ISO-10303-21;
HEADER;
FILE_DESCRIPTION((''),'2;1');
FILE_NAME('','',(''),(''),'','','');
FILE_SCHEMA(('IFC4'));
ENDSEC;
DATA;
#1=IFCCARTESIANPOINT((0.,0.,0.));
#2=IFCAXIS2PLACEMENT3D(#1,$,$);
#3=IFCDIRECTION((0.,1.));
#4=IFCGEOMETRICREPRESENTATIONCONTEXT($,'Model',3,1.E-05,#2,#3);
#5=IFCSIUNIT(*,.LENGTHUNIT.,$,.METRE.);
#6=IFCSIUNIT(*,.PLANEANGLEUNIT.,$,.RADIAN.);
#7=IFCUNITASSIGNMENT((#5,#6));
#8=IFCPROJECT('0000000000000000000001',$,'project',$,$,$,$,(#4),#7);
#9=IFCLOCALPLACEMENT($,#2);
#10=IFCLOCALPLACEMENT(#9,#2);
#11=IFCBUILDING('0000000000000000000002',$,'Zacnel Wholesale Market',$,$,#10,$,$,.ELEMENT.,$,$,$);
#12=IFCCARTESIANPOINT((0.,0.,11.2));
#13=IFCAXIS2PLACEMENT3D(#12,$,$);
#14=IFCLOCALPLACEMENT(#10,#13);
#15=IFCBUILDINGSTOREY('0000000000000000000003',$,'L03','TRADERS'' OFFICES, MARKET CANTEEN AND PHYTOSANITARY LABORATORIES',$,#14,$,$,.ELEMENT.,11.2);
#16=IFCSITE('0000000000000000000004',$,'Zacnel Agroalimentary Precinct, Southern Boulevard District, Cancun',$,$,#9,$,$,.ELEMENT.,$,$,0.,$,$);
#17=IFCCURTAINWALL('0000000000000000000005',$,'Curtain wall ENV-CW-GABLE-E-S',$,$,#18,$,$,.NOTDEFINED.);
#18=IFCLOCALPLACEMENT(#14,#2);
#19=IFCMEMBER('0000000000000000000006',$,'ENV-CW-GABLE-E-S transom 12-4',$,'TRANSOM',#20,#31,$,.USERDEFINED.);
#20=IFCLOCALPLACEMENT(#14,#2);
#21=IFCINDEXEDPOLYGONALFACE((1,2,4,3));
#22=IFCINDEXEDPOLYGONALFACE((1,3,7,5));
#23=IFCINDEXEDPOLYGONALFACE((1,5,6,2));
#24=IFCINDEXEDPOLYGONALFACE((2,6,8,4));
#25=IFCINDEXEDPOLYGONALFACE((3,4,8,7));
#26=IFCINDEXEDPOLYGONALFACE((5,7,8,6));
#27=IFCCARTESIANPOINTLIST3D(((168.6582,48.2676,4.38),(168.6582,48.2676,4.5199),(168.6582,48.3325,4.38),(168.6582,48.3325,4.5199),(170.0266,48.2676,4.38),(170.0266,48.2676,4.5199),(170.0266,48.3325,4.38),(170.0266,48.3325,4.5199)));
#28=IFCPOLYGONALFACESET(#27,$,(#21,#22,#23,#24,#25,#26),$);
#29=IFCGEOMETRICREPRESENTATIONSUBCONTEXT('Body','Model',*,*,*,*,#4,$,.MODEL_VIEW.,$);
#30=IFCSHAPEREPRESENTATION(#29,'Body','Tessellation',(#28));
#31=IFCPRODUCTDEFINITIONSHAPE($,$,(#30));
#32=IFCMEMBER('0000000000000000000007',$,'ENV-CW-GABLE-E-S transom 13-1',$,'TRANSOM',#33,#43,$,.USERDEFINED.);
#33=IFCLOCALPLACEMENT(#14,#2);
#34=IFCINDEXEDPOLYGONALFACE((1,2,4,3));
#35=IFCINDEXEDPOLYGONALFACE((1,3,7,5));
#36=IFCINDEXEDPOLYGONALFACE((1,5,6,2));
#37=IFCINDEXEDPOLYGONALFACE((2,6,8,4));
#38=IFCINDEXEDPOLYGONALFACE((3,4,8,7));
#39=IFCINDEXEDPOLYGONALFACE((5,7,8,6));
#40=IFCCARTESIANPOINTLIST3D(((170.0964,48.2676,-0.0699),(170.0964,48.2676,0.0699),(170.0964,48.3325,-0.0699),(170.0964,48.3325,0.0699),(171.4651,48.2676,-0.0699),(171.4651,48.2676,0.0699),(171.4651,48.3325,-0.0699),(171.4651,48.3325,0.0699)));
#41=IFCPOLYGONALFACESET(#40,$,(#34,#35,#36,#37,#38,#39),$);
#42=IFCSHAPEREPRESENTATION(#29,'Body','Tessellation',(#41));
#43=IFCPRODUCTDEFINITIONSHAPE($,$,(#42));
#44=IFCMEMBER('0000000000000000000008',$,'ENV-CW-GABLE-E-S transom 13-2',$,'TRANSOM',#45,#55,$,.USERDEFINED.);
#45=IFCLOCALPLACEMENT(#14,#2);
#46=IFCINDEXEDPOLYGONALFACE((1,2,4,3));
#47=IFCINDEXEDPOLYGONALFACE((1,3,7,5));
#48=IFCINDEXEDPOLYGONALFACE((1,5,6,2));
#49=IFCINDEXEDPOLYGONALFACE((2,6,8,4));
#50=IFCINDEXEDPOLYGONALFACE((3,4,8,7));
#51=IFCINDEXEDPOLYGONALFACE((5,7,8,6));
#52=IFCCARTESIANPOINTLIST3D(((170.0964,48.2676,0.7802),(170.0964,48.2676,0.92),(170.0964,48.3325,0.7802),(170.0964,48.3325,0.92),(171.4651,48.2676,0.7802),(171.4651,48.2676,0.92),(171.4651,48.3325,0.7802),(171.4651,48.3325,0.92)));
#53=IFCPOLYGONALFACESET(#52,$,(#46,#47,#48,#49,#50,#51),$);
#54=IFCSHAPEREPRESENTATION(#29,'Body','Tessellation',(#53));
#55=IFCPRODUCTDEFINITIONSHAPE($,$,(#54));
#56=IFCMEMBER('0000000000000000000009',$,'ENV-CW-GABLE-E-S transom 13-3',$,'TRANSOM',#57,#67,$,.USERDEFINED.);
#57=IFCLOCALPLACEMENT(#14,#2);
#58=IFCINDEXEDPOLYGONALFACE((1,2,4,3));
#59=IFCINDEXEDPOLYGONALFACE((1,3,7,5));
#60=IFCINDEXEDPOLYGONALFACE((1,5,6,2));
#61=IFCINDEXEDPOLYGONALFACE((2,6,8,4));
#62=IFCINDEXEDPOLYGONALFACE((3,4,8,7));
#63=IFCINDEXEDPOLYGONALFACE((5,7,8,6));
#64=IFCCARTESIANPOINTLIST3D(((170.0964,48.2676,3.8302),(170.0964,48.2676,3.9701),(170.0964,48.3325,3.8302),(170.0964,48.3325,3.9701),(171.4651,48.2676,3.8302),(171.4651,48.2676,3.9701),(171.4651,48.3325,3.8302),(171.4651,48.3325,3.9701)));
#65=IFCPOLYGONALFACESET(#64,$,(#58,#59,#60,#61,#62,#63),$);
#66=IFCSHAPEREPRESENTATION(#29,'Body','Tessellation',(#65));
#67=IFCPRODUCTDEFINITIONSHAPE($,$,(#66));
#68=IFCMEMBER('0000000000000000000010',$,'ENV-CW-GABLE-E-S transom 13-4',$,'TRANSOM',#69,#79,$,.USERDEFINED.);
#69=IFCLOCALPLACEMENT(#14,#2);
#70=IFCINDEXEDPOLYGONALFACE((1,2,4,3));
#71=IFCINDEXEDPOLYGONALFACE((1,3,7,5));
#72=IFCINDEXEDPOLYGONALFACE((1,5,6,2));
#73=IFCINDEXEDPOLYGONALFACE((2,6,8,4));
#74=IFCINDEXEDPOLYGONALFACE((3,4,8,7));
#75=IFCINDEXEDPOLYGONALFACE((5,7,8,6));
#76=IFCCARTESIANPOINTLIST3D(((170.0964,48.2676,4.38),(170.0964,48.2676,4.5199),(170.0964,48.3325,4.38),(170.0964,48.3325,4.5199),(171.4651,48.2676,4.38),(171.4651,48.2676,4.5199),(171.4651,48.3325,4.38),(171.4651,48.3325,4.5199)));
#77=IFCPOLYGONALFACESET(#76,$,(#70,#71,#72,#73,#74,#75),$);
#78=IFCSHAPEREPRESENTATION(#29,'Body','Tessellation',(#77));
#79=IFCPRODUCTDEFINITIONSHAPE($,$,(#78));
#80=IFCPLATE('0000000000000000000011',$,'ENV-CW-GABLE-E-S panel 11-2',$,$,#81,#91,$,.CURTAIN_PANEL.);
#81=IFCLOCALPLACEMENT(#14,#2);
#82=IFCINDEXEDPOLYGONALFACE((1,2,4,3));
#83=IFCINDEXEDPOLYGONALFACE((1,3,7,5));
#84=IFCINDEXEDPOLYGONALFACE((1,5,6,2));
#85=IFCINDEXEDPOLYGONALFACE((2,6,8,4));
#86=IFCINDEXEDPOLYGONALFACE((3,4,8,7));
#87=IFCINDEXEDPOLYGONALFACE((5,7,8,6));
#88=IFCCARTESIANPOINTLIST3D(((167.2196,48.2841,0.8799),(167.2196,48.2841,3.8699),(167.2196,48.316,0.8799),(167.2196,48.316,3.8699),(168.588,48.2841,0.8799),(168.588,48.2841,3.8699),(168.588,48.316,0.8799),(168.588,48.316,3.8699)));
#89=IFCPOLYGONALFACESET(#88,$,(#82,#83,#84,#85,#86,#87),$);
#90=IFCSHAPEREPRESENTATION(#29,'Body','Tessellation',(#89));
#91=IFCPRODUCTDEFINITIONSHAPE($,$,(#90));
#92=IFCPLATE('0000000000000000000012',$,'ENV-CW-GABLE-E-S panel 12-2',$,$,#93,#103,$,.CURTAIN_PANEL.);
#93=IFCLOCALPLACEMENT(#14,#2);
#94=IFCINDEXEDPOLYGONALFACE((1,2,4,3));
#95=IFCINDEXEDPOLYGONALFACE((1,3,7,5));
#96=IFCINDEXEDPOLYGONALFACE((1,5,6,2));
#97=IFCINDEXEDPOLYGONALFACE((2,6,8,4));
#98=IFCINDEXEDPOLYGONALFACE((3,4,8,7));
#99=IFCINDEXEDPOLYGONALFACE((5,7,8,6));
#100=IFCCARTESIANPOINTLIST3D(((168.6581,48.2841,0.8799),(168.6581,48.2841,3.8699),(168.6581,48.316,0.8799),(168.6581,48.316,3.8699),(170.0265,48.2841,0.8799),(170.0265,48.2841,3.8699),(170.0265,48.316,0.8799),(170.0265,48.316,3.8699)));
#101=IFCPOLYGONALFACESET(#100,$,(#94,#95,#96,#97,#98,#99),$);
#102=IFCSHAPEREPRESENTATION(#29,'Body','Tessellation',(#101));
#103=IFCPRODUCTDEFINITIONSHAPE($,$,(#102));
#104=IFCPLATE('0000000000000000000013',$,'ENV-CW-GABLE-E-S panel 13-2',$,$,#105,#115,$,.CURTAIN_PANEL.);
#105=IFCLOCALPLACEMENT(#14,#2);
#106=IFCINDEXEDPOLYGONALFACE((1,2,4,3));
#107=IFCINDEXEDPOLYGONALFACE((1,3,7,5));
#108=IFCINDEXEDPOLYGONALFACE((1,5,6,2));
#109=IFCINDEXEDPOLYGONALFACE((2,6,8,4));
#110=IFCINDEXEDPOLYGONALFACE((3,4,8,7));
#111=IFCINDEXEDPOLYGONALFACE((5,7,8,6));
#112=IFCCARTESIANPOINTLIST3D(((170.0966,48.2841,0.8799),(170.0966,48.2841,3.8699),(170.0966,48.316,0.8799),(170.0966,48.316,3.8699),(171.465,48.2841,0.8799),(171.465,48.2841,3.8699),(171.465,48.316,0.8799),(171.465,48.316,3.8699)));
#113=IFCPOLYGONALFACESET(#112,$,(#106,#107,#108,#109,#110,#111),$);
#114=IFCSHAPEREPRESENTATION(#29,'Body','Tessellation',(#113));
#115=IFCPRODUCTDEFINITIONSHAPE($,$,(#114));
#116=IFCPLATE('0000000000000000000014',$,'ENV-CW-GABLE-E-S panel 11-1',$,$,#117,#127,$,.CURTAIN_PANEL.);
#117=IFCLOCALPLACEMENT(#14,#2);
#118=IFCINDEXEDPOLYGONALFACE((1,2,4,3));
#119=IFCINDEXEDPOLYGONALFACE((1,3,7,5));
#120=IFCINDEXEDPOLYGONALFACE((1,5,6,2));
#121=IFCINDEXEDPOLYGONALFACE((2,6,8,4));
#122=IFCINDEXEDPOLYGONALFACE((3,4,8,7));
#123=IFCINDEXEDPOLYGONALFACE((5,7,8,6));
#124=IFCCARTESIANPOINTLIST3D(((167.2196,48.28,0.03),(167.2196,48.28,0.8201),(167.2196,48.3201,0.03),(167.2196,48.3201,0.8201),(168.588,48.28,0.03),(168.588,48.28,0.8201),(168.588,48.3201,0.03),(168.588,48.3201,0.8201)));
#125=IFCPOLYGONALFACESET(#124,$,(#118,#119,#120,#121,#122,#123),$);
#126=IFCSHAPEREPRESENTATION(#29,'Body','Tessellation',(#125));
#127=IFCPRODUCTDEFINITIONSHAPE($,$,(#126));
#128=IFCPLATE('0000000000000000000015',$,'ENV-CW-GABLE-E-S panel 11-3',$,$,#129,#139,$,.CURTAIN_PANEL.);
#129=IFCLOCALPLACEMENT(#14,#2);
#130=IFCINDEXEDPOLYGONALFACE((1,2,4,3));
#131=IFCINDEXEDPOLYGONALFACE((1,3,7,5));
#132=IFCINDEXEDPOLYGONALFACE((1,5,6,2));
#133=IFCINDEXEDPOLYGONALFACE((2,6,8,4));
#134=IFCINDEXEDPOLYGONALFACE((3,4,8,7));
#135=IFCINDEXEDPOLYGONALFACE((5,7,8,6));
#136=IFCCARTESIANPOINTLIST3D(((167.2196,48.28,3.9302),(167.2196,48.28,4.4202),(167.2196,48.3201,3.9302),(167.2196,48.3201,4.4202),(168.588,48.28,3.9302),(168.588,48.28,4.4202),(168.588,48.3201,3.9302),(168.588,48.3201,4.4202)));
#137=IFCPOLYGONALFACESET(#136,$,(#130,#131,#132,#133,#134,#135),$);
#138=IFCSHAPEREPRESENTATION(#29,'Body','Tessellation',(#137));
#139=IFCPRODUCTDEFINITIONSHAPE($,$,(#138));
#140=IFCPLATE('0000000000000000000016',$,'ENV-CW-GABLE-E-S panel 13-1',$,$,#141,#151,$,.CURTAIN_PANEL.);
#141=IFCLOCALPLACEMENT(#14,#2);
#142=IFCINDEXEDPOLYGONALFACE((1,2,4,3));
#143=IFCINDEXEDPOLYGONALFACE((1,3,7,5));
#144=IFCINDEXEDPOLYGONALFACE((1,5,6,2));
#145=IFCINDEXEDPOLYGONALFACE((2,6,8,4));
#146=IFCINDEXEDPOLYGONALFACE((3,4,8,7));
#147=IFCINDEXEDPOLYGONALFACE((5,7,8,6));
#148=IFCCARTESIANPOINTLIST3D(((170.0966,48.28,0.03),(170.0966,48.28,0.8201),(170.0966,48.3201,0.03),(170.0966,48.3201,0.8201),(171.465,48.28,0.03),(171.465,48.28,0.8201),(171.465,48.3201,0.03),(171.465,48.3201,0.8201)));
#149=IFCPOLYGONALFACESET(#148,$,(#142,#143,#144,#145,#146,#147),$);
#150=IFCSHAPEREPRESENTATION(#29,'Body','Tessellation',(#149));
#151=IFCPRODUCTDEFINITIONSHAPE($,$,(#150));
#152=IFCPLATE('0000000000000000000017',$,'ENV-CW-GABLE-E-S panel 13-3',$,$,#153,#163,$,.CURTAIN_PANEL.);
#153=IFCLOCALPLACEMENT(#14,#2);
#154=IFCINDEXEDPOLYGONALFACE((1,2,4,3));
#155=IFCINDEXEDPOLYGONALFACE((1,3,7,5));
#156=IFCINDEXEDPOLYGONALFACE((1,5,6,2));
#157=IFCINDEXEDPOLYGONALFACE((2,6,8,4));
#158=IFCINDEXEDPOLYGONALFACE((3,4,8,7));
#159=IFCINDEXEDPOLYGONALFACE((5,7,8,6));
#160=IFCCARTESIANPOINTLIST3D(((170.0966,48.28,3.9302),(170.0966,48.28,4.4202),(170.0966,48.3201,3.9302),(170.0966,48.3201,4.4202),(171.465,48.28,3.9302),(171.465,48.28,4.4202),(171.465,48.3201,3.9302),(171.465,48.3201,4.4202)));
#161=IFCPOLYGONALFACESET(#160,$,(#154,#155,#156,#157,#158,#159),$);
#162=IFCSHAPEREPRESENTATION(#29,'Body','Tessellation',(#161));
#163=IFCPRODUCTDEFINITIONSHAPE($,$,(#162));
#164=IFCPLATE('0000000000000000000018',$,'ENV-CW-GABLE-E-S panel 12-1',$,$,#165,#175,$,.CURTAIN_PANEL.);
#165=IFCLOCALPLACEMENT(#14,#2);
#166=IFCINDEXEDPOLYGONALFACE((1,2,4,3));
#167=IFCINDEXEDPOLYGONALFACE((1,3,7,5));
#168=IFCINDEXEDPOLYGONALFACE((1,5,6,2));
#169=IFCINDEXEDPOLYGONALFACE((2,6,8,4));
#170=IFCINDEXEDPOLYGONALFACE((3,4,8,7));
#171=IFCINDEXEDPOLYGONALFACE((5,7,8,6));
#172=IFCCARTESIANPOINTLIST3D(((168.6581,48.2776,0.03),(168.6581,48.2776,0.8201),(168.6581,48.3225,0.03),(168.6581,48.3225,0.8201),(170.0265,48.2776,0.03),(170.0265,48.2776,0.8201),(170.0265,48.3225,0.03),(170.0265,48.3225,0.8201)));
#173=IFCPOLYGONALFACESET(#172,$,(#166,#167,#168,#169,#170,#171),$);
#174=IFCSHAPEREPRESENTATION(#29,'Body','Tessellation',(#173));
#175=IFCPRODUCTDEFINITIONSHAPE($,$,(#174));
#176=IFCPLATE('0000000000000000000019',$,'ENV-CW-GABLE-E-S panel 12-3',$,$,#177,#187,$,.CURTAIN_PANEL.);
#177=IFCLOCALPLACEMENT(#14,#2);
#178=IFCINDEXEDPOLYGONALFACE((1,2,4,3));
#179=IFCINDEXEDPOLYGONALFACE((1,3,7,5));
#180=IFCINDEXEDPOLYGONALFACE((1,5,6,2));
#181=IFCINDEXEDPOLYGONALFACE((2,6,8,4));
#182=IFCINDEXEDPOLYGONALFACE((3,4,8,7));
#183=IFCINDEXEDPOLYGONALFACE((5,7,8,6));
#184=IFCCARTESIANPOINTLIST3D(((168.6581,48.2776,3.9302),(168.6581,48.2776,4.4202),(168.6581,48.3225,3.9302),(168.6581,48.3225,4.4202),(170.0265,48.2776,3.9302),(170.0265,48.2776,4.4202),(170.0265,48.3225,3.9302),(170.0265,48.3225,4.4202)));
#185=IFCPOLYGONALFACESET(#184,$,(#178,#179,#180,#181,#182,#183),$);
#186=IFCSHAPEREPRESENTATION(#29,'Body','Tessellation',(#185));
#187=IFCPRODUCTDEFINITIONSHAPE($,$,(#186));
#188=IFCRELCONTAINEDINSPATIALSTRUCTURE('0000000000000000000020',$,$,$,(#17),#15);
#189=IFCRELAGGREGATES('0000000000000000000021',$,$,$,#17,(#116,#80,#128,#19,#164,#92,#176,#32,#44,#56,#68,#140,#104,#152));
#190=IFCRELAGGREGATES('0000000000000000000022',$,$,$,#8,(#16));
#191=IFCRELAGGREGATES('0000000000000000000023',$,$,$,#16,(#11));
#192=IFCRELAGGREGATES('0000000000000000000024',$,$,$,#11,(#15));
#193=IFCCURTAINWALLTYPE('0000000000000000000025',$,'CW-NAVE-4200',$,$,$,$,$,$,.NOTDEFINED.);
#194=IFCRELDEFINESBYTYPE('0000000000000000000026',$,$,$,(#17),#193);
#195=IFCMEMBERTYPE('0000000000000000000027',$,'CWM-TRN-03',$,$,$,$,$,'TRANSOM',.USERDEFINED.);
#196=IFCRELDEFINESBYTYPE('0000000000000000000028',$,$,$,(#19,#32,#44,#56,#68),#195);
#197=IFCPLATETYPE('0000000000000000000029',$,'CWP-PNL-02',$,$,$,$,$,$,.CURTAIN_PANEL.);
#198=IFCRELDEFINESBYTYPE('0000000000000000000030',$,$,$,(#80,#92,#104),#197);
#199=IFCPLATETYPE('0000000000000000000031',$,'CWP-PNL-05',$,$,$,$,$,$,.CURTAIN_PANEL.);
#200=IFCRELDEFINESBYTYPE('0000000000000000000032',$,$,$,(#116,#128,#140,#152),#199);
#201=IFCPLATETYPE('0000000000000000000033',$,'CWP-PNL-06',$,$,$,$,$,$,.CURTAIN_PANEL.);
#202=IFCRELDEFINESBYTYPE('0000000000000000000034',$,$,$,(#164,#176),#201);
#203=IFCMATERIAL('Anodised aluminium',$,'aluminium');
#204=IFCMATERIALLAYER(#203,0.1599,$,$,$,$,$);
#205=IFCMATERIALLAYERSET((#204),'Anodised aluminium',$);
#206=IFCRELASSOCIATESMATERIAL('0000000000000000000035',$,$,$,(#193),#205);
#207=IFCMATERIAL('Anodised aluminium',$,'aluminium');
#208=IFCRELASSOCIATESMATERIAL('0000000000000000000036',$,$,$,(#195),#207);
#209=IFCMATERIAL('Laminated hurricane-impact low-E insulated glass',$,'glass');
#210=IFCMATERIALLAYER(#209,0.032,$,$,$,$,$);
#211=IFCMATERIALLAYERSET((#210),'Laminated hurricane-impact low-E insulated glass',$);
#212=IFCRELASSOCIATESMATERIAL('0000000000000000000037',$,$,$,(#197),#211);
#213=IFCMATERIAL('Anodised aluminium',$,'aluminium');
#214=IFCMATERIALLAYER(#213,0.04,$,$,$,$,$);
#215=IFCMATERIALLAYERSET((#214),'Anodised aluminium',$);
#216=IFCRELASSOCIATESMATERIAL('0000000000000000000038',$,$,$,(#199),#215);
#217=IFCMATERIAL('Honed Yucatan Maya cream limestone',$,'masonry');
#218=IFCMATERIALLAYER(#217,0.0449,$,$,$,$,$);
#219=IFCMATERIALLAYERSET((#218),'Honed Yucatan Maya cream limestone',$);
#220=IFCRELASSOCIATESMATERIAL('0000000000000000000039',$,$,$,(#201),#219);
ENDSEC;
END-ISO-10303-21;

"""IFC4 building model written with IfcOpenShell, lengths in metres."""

from ifc_helpers import new_model, si_unit, direction, frame, origin, origin_2d, place, context, subcontext, project, spatial, rectangle, extrude, material, layer, layer_set, material_profile, profile_set, type_object, element, aggregate, save


model = new_model("IFC4")

# Units and contexts
model_context = context("Model", 3, precision=1e-05, world=origin(), true_north=direction((0.0, 1.0)))
body_context = subcontext(model_context, "Body", "Model", "MODEL_VIEW")
ifc_project = project(units=[si_unit("LENGTHUNIT", "METRE"), si_unit("PLANEANGLEUNIT", "RADIAN")], contexts=[model_context])

# Site, building, storey
site_placement = place(None, origin())
site = spatial("IfcSite", under=ifc_project, at=site_placement, Name="Zacnel Agroalimentary Precinct, Southern Boulevard District, Cancun", CompositionType="ELEMENT", RefElevation=0.0)
building_placement = place(site_placement, origin())
building = spatial("IfcBuilding", under=site, at=building_placement, Name="Zacnel Wholesale Market", CompositionType="ELEMENT")
storey_placement = place(building_placement, frame((0.0, 0.0, 11.2)))
storey = spatial("IfcBuildingStorey", under=building, at=storey_placement, Name="L03", Description="TRADERS' OFFICES, MARKET CANTEEN AND PHYTOSANITARY LABORATORIES", CompositionType="ELEMENT", Elevation=11.2)

# Curtain wall, members, plates
ifc_material_1 = material(Name="Anodised aluminium", Category="aluminium")
ifc_layer_1 = layer(ifc_material_1, 0.1599)
ifc_layer_set_1 = layer_set([ifc_layer_1], Name="Anodised aluminium")
curtain_wall_type = type_object("IfcCurtainWallType", Name="CW-NAVE-4200", PredefinedType="NOTDEFINED", material=ifc_layer_set_1)
curtain_wall_placement = place(storey_placement, origin())
curtain_wall = element("IfcCurtainWall", 1, at=curtain_wall_placement, inside=storey, type_object=curtain_wall_type, Name="Curtain wall ENV-CW-GABLE-E-S", PredefinedType="NOTDEFINED")
ifc_material_2 = material(Name="Anodised aluminium", Category="aluminium")
ifc_material_profile_1 = material_profile(ifc_material_2, rectangle(XDim=0.0649, YDim=0.1399, at=origin_2d()), Name="AW-TRANSOM 65x140")
ifc_profile_set_1 = profile_set([ifc_material_profile_1], Name="Anodised aluminium")
member_type_1 = type_object("IfcMemberType", Name="CWM-TRN-03", ElementType="TRANSOM", PredefinedType="USERDEFINED", material=ifc_profile_set_1)
member_1_placement = place(storey_placement, frame((168.6582, 48.3, 4.45), z_axis=(1.0, 0.0, 0.0), x_axis=(0.0, 1.0, 0.0)))
member_1 = element("IfcMember", 2, at=member_1_placement, type_object=member_type_1, Name="ENV-CW-GABLE-E-S transom 12-4", ObjectType="TRANSOM", PredefinedType="USERDEFINED", context=body_context, shape_type="SweptSolid", body=[
    extrude(rectangle(XDim=0.0649, YDim=0.1399, at=origin_2d()), origin(), (0.0, 0.0, 1.0), 1.3684),
])
member_2_placement = place(storey_placement, frame((170.0964, 48.3, 0.0), z_axis=(1.0, 0.0, 0.0), x_axis=(0.0, 1.0, 0.0)))
member_2 = element("IfcMember", 3, at=member_2_placement, type_object=member_type_1, Name="ENV-CW-GABLE-E-S transom 13-1", ObjectType="TRANSOM", PredefinedType="USERDEFINED", context=body_context, shape_type="SweptSolid", body=[
    extrude(rectangle(XDim=0.0649, YDim=0.1399, at=origin_2d()), origin(), (0.0, 0.0, 1.0), 1.3687),
])
member_3_placement = place(storey_placement, frame((170.0964, 48.3, 0.8501), z_axis=(1.0, 0.0, 0.0), x_axis=(0.0, 1.0, 0.0)))
member_3 = element("IfcMember", 4, at=member_3_placement, type_object=member_type_1, Name="ENV-CW-GABLE-E-S transom 13-2", ObjectType="TRANSOM", PredefinedType="USERDEFINED", context=body_context, shape_type="SweptSolid", body=[
    extrude(rectangle(XDim=0.0649, YDim=0.1399, at=origin_2d()), origin(), (0.0, 0.0, 1.0), 1.3687),
])
member_4_placement = place(storey_placement, frame((170.0964, 48.3, 3.9001), z_axis=(1.0, 0.0, 0.0), x_axis=(0.0, 1.0, 0.0)))
member_4 = element("IfcMember", 5, at=member_4_placement, type_object=member_type_1, Name="ENV-CW-GABLE-E-S transom 13-3", ObjectType="TRANSOM", PredefinedType="USERDEFINED", context=body_context, shape_type="SweptSolid", body=[
    extrude(rectangle(XDim=0.0649, YDim=0.1399, at=origin_2d()), origin(), (0.0, 0.0, 1.0), 1.3687),
])
member_5_placement = place(storey_placement, frame((170.0964, 48.3, 4.45), z_axis=(1.0, 0.0, 0.0), x_axis=(0.0, 1.0, 0.0)))
member_5 = element("IfcMember", 6, at=member_5_placement, type_object=member_type_1, Name="ENV-CW-GABLE-E-S transom 13-4", ObjectType="TRANSOM", PredefinedType="USERDEFINED", context=body_context, shape_type="SweptSolid", body=[
    extrude(rectangle(XDim=0.0649, YDim=0.1399, at=origin_2d()), origin(), (0.0, 0.0, 1.0), 1.3687),
])
ifc_material_3 = material(Name="Laminated hurricane-impact low-E insulated glass", Category="glass")
ifc_layer_2 = layer(ifc_material_3, 0.032)
ifc_layer_set_2 = layer_set([ifc_layer_2], Name="Laminated hurricane-impact low-E insulated glass")
plate_type_1 = type_object("IfcPlateType", Name="CWP-PNL-02", PredefinedType="CURTAIN_PANEL", material=ifc_layer_set_2)
plate_1_placement = place(storey_placement, frame((167.9038, 48.3, 0.8799), z_axis=(0.0, 0.0, 1.0), x_axis=(1.0, 0.0, 0.0)))
plate_1 = element("IfcPlate", 7, at=plate_1_placement, type_object=plate_type_1, Name="ENV-CW-GABLE-E-S panel 11-2", PredefinedType="CURTAIN_PANEL", context=body_context, shape_type="SweptSolid", body=[
    extrude(rectangle(XDim=1.3684, YDim=0.032, at=origin_2d()), origin(), (0.0, 0.0, 1.0), 2.99),
])
plate_2_placement = place(storey_placement, frame((169.3423, 48.3, 0.8799), z_axis=(0.0, 0.0, 1.0), x_axis=(1.0, 0.0, 0.0)))
plate_2 = element("IfcPlate", 8, at=plate_2_placement, type_object=plate_type_1, Name="ENV-CW-GABLE-E-S panel 12-2", PredefinedType="CURTAIN_PANEL", context=body_context, shape_type="SweptSolid", body=[
    extrude(rectangle(XDim=1.3684, YDim=0.032, at=origin_2d()), origin(), (0.0, 0.0, 1.0), 2.99),
])
plate_3_placement = place(storey_placement, frame((170.7808, 48.3, 0.8799), z_axis=(0.0, 0.0, 1.0), x_axis=(1.0, 0.0, 0.0)))
plate_3 = element("IfcPlate", 9, at=plate_3_placement, type_object=plate_type_1, Name="ENV-CW-GABLE-E-S panel 13-2", PredefinedType="CURTAIN_PANEL", context=body_context, shape_type="SweptSolid", body=[
    extrude(rectangle(XDim=1.3684, YDim=0.032, at=origin_2d()), origin(), (0.0, 0.0, 1.0), 2.99),
])
ifc_material_4 = material(Name="Anodised aluminium", Category="aluminium")
ifc_layer_3 = layer(ifc_material_4, 0.04)
ifc_layer_set_3 = layer_set([ifc_layer_3], Name="Anodised aluminium")
plate_type_2 = type_object("IfcPlateType", Name="CWP-PNL-05", PredefinedType="CURTAIN_PANEL", material=ifc_layer_set_3)
plate_4_placement = place(storey_placement, frame((167.9038, 48.3, 0.03), z_axis=(0.0, 0.0, 1.0), x_axis=(1.0, 0.0, 0.0)))
plate_4 = element("IfcPlate", 10, at=plate_4_placement, type_object=plate_type_2, Name="ENV-CW-GABLE-E-S panel 11-1", PredefinedType="CURTAIN_PANEL", context=body_context, shape_type="SweptSolid", body=[
    extrude(rectangle(XDim=1.3684, YDim=0.04, at=origin_2d()), origin(), (0.0, 0.0, 1.0), 0.79),
])
plate_5_placement = place(storey_placement, frame((167.9038, 48.3, 3.9302), z_axis=(0.0, 0.0, 1.0), x_axis=(1.0, 0.0, 0.0)))
plate_5 = element("IfcPlate", 11, at=plate_5_placement, type_object=plate_type_2, Name="ENV-CW-GABLE-E-S panel 11-3", PredefinedType="CURTAIN_PANEL", context=body_context, shape_type="SweptSolid", body=[
    extrude(rectangle(XDim=1.3684, YDim=0.04, at=origin_2d()), origin(), (0.0, 0.0, 1.0), 0.49),
])
plate_6_placement = place(storey_placement, frame((170.7808, 48.3, 0.03), z_axis=(0.0, 0.0, 1.0), x_axis=(1.0, 0.0, 0.0)))
plate_6 = element("IfcPlate", 12, at=plate_6_placement, type_object=plate_type_2, Name="ENV-CW-GABLE-E-S panel 13-1", PredefinedType="CURTAIN_PANEL", context=body_context, shape_type="SweptSolid", body=[
    extrude(rectangle(XDim=1.3684, YDim=0.04, at=origin_2d()), origin(), (0.0, 0.0, 1.0), 0.79),
])
plate_7_placement = place(storey_placement, frame((170.7808, 48.3, 3.9302), z_axis=(0.0, 0.0, 1.0), x_axis=(1.0, 0.0, 0.0)))
plate_7 = element("IfcPlate", 13, at=plate_7_placement, type_object=plate_type_2, Name="ENV-CW-GABLE-E-S panel 13-3", PredefinedType="CURTAIN_PANEL", context=body_context, shape_type="SweptSolid", body=[
    extrude(rectangle(XDim=1.3684, YDim=0.04, at=origin_2d()), origin(), (0.0, 0.0, 1.0), 0.49),
])
ifc_material_5 = material(Name="Honed Yucatan Maya cream limestone", Category="masonry")
ifc_layer_4 = layer(ifc_material_5, 0.0449)
ifc_layer_set_4 = layer_set([ifc_layer_4], Name="Honed Yucatan Maya cream limestone")
plate_type_3 = type_object("IfcPlateType", Name="CWP-PNL-06", PredefinedType="CURTAIN_PANEL", material=ifc_layer_set_4)
plate_8_placement = place(storey_placement, frame((169.3423, 48.3, 0.03), z_axis=(0.0, 0.0, 1.0), x_axis=(1.0, 0.0, 0.0)))
plate_8 = element("IfcPlate", 14, at=plate_8_placement, type_object=plate_type_3, Name="ENV-CW-GABLE-E-S panel 12-1", PredefinedType="CURTAIN_PANEL", context=body_context, shape_type="SweptSolid", body=[
    extrude(rectangle(XDim=1.3684, YDim=0.0449, at=origin_2d()), origin(), (0.0, 0.0, 1.0), 0.79),
])
plate_9_placement = place(storey_placement, frame((169.3423, 48.3, 3.9302), z_axis=(0.0, 0.0, 1.0), x_axis=(1.0, 0.0, 0.0)))
plate_9 = element("IfcPlate", 15, at=plate_9_placement, type_object=plate_type_3, Name="ENV-CW-GABLE-E-S panel 12-3", PredefinedType="CURTAIN_PANEL", context=body_context, shape_type="SweptSolid", body=[
    extrude(rectangle(XDim=1.3684, YDim=0.0449, at=origin_2d()), origin(), (0.0, 0.0, 1.0), 0.49),
])
aggregate(curtain_wall, [plate_4, plate_1, plate_5, member_1, plate_8, plate_2, plate_9, member_2, member_3, member_4, member_5, plate_6, plate_3, plate_7])

save(model, "model.ifc")
